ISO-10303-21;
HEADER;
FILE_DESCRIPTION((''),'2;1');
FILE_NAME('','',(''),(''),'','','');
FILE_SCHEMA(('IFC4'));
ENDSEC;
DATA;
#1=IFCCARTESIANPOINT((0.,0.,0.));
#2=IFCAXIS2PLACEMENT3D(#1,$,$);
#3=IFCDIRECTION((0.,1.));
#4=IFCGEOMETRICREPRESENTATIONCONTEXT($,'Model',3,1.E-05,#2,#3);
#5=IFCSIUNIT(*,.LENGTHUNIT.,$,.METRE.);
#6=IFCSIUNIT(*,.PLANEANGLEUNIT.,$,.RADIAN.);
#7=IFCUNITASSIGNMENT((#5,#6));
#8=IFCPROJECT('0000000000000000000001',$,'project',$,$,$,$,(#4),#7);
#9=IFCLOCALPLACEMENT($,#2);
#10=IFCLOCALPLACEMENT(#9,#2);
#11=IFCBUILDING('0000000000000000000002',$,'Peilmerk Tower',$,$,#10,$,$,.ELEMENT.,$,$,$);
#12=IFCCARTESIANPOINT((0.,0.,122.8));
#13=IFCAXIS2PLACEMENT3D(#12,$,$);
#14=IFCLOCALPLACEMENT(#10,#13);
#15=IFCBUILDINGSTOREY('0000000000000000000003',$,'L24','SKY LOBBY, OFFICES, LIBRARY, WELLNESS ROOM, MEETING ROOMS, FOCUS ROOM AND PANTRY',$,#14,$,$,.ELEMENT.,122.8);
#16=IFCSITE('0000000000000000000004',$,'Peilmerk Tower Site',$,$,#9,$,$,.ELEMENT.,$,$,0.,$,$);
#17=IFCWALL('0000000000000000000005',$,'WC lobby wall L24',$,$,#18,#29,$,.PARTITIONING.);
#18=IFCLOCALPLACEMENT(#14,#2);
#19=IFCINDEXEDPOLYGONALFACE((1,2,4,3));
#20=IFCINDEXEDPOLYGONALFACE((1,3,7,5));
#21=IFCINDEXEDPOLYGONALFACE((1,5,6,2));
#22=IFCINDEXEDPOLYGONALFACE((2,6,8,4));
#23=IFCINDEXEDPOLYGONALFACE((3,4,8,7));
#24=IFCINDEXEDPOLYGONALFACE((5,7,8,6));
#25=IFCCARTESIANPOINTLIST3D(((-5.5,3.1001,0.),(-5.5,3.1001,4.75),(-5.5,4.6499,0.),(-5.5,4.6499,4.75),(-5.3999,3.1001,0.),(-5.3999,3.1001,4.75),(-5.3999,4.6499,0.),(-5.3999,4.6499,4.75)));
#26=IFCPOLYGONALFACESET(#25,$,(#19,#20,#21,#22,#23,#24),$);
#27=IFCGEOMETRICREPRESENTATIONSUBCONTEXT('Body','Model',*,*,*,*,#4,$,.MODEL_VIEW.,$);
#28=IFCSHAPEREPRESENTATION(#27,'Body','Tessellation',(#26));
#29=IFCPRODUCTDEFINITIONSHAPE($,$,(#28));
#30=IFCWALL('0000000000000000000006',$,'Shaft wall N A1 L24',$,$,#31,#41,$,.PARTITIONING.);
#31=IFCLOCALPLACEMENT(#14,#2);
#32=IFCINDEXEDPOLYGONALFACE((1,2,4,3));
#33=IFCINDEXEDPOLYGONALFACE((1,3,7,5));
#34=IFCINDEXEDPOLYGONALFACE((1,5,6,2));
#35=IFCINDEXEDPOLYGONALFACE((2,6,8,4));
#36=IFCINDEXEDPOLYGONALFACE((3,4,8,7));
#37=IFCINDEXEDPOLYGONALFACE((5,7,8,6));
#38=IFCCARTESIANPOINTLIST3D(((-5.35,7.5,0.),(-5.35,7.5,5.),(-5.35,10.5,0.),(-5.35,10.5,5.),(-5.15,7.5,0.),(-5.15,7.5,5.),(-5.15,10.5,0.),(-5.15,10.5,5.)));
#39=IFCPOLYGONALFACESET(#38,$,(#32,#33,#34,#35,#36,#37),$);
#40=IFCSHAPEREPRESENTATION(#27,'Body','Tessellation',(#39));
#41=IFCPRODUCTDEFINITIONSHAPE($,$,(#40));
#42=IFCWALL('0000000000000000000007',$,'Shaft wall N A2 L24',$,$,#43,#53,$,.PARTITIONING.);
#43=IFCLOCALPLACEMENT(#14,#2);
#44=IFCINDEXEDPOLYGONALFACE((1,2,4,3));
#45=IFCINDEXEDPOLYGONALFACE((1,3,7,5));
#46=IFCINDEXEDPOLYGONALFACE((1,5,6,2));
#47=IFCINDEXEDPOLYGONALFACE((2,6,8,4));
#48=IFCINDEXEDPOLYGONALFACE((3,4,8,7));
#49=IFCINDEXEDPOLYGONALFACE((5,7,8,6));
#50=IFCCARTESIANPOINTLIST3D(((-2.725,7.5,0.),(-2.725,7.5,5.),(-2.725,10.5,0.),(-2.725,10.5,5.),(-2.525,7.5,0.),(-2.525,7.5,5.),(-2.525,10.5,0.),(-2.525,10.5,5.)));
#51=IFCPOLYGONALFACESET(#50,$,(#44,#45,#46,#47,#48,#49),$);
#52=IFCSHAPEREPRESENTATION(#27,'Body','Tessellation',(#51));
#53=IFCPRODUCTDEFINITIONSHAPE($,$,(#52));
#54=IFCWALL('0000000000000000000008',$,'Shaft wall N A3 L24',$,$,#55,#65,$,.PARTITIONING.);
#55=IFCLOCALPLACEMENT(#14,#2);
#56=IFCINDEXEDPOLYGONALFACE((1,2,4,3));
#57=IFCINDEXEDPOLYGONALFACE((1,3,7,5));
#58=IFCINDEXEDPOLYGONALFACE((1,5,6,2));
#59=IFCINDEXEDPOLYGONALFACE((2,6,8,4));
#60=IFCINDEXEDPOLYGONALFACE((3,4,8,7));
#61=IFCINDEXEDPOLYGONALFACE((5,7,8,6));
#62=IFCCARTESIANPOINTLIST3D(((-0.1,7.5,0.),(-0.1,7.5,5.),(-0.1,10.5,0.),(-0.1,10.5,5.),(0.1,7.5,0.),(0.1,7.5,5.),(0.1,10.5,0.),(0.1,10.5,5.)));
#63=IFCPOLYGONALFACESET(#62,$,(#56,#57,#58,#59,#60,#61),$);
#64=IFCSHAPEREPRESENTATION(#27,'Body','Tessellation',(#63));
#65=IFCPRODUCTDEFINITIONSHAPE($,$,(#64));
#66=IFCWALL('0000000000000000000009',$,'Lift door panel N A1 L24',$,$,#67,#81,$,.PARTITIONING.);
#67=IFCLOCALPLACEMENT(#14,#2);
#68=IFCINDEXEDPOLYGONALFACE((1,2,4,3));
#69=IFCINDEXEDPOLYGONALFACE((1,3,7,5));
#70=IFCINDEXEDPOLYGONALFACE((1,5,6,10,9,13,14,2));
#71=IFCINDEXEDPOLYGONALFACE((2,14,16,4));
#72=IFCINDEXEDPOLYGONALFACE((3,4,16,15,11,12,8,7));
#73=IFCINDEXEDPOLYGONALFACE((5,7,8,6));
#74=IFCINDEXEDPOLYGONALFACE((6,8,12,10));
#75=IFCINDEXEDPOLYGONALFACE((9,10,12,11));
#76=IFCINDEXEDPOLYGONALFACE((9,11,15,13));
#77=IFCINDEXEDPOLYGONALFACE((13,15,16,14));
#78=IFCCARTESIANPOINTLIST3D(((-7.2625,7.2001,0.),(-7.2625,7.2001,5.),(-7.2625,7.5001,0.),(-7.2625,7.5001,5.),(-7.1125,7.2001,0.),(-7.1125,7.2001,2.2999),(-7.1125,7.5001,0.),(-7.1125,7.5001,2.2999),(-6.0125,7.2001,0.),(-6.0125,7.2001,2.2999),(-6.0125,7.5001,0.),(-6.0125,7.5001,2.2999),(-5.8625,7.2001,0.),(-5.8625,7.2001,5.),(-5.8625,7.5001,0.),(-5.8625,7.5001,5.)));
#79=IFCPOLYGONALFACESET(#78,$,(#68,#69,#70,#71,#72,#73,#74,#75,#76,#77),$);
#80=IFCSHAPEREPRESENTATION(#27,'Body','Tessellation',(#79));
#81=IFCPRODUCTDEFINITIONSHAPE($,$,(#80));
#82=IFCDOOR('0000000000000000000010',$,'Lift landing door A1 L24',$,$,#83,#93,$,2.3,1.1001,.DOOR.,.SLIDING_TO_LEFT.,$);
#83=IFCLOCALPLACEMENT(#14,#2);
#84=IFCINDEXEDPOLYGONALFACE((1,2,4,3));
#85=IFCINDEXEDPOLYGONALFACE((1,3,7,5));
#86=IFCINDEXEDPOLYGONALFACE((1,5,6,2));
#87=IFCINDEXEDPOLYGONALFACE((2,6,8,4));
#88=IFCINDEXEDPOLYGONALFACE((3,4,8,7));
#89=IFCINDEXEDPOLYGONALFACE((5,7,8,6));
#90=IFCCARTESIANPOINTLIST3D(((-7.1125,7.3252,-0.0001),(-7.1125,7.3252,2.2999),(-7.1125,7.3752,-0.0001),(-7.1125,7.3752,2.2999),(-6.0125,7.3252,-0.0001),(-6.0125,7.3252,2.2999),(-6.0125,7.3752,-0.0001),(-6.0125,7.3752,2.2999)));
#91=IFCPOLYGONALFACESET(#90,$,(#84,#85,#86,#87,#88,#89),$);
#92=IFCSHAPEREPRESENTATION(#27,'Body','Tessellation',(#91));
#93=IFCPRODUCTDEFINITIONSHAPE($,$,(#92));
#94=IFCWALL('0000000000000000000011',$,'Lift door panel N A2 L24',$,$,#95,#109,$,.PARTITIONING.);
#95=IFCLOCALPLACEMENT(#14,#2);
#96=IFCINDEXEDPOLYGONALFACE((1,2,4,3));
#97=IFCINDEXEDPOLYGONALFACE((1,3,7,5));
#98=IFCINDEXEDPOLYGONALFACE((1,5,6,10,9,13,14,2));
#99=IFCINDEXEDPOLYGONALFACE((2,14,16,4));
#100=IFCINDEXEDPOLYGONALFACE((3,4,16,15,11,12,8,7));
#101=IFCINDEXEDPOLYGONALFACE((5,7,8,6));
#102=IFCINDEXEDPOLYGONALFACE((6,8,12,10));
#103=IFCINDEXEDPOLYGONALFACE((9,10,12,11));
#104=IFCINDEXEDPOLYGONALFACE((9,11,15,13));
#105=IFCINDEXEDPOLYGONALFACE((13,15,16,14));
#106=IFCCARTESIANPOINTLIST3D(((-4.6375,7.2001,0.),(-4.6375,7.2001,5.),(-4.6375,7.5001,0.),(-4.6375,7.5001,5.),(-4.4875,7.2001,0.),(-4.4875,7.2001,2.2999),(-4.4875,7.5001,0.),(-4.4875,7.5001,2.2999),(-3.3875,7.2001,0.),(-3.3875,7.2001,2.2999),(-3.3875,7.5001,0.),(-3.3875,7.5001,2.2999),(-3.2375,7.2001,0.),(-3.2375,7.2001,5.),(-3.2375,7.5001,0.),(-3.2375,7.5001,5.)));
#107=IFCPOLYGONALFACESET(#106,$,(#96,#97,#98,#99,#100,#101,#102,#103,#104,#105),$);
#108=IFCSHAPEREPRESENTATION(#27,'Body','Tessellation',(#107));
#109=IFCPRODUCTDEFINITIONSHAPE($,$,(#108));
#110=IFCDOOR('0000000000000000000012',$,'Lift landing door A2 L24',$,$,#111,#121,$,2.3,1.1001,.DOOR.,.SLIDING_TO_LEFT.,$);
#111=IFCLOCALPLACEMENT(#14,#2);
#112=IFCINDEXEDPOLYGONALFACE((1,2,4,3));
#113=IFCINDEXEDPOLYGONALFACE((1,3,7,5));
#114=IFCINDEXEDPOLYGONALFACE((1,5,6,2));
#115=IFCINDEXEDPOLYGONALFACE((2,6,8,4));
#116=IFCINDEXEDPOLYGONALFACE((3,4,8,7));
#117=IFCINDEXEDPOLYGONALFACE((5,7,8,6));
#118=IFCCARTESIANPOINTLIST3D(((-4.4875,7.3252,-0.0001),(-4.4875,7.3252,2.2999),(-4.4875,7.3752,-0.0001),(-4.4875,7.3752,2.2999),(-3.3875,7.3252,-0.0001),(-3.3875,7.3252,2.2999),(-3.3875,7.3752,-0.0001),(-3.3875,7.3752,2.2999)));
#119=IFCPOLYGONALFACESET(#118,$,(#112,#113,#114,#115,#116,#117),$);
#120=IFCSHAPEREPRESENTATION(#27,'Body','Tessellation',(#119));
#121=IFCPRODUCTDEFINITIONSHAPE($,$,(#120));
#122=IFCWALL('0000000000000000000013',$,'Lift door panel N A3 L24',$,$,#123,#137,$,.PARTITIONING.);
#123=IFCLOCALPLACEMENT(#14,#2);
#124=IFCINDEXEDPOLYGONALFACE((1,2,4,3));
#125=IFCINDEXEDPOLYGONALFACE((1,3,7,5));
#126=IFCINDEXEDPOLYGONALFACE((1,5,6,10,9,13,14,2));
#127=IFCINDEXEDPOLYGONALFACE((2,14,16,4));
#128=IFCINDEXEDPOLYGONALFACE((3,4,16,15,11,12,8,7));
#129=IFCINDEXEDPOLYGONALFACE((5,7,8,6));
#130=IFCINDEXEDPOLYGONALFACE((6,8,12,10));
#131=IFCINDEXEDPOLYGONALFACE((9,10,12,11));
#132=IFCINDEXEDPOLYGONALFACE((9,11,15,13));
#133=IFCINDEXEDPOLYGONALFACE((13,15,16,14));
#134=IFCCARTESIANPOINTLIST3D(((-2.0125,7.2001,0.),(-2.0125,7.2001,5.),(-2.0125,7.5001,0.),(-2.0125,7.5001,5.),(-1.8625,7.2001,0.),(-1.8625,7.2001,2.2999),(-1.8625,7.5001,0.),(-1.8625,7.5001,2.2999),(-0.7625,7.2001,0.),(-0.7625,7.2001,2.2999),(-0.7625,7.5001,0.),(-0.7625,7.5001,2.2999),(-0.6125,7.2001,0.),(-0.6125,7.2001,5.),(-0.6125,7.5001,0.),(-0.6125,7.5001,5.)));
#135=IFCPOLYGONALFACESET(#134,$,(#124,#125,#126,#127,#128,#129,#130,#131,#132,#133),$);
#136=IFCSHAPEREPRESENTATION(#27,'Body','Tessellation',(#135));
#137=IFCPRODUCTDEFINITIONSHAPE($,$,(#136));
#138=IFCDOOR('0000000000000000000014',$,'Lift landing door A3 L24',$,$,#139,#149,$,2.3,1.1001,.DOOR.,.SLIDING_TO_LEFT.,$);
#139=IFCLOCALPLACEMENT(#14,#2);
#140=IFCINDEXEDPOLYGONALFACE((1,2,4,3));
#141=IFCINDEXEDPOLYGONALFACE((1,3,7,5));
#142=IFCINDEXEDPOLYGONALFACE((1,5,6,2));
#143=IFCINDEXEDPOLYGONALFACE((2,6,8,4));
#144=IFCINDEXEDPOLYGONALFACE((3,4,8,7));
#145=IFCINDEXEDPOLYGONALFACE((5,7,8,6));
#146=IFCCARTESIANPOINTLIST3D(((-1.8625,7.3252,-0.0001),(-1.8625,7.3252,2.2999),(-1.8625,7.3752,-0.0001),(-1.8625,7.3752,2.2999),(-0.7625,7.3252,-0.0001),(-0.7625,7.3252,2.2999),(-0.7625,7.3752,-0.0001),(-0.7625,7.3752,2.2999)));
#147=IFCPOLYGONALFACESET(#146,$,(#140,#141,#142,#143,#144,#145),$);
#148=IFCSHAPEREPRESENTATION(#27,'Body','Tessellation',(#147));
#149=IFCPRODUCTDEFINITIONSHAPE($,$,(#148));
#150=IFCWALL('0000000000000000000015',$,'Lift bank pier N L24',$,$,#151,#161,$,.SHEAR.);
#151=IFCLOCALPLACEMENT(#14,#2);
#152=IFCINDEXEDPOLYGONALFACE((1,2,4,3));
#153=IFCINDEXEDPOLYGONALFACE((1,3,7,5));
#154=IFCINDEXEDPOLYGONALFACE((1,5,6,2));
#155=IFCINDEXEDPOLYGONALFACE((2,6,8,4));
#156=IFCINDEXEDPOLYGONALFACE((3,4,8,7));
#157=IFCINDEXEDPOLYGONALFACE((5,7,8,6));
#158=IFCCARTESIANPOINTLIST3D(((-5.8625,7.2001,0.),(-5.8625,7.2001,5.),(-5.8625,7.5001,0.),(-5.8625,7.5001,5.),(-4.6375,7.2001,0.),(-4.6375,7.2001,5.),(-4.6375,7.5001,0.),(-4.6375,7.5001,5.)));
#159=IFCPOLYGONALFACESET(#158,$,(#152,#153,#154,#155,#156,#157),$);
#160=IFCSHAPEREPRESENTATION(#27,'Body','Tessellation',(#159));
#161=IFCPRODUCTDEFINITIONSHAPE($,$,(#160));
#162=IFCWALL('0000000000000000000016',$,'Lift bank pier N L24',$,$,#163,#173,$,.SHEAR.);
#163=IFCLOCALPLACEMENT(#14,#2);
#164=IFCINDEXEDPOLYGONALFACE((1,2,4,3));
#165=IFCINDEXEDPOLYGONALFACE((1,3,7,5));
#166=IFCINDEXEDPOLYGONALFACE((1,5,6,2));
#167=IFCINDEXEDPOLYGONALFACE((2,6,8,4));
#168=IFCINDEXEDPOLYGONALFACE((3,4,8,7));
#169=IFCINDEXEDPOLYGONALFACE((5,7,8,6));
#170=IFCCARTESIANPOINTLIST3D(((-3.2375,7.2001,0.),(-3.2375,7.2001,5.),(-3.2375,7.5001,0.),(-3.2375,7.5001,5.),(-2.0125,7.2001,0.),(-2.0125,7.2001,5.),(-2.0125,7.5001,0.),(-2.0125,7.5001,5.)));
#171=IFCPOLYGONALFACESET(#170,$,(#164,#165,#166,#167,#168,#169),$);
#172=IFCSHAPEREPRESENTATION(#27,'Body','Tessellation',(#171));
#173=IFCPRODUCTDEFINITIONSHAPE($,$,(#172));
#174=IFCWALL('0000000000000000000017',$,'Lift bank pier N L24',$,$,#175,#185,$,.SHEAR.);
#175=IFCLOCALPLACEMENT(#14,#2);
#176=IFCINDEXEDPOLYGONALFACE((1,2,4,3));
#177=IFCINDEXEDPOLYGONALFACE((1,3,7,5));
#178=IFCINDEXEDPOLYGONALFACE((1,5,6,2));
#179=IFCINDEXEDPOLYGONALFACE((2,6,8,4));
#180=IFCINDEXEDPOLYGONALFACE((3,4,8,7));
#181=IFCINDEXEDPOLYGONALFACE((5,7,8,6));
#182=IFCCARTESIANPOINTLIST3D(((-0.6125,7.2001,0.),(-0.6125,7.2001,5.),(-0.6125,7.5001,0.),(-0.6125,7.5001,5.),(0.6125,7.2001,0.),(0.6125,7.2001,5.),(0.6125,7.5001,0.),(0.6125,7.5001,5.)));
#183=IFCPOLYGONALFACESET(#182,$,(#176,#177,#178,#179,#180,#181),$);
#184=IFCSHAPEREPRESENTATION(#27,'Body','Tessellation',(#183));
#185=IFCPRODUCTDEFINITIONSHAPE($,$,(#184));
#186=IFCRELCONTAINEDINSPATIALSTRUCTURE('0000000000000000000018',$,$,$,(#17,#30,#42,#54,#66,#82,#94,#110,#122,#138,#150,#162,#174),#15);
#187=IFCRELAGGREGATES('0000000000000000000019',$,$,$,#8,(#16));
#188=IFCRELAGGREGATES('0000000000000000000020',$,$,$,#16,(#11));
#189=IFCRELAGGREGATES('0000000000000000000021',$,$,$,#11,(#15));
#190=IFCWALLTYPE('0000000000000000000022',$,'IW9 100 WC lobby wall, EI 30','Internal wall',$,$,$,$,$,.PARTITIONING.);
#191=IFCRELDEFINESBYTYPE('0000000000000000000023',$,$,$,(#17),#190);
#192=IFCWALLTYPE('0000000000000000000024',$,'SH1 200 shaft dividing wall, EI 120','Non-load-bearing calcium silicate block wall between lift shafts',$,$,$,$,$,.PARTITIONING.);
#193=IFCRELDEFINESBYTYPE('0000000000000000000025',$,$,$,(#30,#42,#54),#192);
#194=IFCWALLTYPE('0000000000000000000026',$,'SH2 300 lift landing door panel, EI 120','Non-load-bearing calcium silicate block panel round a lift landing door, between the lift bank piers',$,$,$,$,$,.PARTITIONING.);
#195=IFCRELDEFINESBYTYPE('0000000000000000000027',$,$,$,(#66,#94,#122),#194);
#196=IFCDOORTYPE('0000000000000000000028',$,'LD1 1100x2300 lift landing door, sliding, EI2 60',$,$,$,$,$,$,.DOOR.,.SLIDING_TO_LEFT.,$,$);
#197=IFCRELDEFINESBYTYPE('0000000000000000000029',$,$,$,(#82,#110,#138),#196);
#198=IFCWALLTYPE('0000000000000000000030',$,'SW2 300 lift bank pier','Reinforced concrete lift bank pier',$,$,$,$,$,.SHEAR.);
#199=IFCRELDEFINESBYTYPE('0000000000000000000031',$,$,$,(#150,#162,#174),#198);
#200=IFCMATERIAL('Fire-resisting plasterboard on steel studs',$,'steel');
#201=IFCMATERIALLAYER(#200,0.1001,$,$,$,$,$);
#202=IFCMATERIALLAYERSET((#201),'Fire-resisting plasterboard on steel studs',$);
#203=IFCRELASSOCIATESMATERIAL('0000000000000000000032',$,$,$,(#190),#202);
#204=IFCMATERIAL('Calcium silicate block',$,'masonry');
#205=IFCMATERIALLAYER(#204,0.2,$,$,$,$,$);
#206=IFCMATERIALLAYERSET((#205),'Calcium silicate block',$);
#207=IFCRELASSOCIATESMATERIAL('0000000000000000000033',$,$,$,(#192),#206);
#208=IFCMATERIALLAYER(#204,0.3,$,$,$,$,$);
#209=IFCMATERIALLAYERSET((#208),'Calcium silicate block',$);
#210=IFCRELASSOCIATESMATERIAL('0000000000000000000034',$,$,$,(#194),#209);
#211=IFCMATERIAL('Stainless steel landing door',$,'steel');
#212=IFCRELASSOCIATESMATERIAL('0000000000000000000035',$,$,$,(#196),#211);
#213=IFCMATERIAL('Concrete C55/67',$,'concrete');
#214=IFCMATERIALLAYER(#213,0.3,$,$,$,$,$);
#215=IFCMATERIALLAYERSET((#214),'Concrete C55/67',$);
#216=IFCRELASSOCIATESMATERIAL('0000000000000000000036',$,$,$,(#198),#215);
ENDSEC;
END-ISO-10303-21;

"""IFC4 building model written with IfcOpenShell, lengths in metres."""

from ifc_helpers import new_model, si_unit, direction, frame, frame_2d, origin, place, context, subcontext, project, spatial, rectangle, extrude, material, layer, layer_set, type_object, element, fill, save


model = new_model("IFC4")

# Units and contexts
model_context = context("Model", 3, precision=1e-05, world=origin(), true_north=direction((0.0, 1.0)))
body_context = subcontext(model_context, "Body", "Model", "MODEL_VIEW")
ifc_project = project(units=[si_unit("LENGTHUNIT", "METRE"), si_unit("PLANEANGLEUNIT", "RADIAN")], contexts=[model_context])

# Site, building, storey
site_placement = place(None, origin())
site = spatial("IfcSite", under=ifc_project, at=site_placement, Name="Peilmerk Tower Site", CompositionType="ELEMENT", RefElevation=0.0)
building_placement = place(site_placement, origin())
building = spatial("IfcBuilding", under=site, at=building_placement, Name="Peilmerk Tower", CompositionType="ELEMENT")
storey_placement = place(building_placement, frame((0.0, 0.0, 122.8)))
storey = spatial("IfcBuildingStorey", under=building, at=storey_placement, Name="L24", Description="SKY LOBBY, OFFICES, LIBRARY, WELLNESS ROOM, MEETING ROOMS, FOCUS ROOM AND PANTRY", CompositionType="ELEMENT", Elevation=122.8)

# Shared definitions
ifc_material_1 = material(Name="Concrete C55/67", Category="concrete")

# Shared definitions
ifc_material_2 = material(Name="Fire-resisting plasterboard on steel studs", Category="steel")
ifc_layer_1 = layer(ifc_material_2, 0.1001)
ifc_layer_set_1 = layer_set([ifc_layer_1], Name="Fire-resisting plasterboard on steel studs")
wall_type_1 = type_object("IfcWallType", Name="IW9 100 WC lobby wall, EI 30", Description="Internal wall", PredefinedType="PARTITIONING", material=ifc_layer_set_1)

# Walls
wall_1_placement = place(storey_placement, frame((-5.45, 3.1001, 0.0), z_axis=(0.0, 0.0, 1.0), x_axis=(0.0, 1.0, 0.0)))
element("IfcWall", 1, at=wall_1_placement, inside=storey, type_object=wall_type_1, Name="WC lobby wall L24", PredefinedType="PARTITIONING", context=body_context, shape_type="SweptSolid", body=[
    extrude(rectangle(XDim=1.5498, YDim=0.1001, at=frame_2d((0.7749, 0.0))), origin(), (0.0, 0.0, 1.0), 4.75),
])
ifc_material_3 = material(Name="Calcium silicate block", Category="masonry")
ifc_layer_2 = layer(ifc_material_3, 0.2)
ifc_layer_set_2 = layer_set([ifc_layer_2], Name="Calcium silicate block")
wall_type_2 = type_object("IfcWallType", Name="SH1 200 shaft dividing wall, EI 120", Description="Non-load-bearing calcium silicate block wall between lift shafts", PredefinedType="PARTITIONING", material=ifc_layer_set_2)
for number, where, z_axis, x_axis, name in (
    (2, (-5.25, 7.5, 0.0), (0.0, 0.0, 1.0), (0.0, 1.0, 0.0), "Shaft wall N A1 L24"),
    (3, (-2.625, 7.5, 0.0), (0.0, 0.0, 1.0), (0.0, 1.0, 0.0), "Shaft wall N A2 L24"),
    (4, (0.0, 7.5, 0.0), (0.0, 0.0, 1.0), (0.0, 1.0, 0.0), "Shaft wall N A3 L24"),
):
    element("IfcWall", number, at=place(storey_placement, frame(where, z_axis=z_axis, x_axis=x_axis)), inside=storey, type_object=wall_type_2, Name=name, PredefinedType="PARTITIONING", context=body_context, shape_type="SweptSolid", body=[
        extrude(rectangle(XDim=3.0, YDim=0.2, at=frame_2d((1.5, 0.0))), origin(), (0.0, 0.0, 1.0), 5.0),
    ])

# Walls, openings, doors
ifc_layer_3 = layer(ifc_material_3, 0.3)
ifc_layer_set_3 = layer_set([ifc_layer_3], Name="Calcium silicate block")
wall_type_3 = type_object("IfcWallType", Name="SH2 300 lift landing door panel, EI 120", Description="Non-load-bearing calcium silicate block panel round a lift landing door, between the lift bank piers", PredefinedType="PARTITIONING", material=ifc_layer_set_3)
wall_2_placement = place(storey_placement, frame((-7.2625, 7.3501, 0.0), z_axis=(0.0, 0.0, 1.0), x_axis=(1.0, 0.0, 0.0)))
wall_2 = element("IfcWall", 5, at=wall_2_placement, inside=storey, type_object=wall_type_3, Name="Lift door panel N A1 L24", PredefinedType="PARTITIONING", context=body_context, shape_type="SweptSolid", body=[
    extrude(rectangle(XDim=1.3999, YDim=0.3, at=frame_2d((0.7, 0.0))), origin(), (0.0, 0.0, 1.0), 5.0),
])
opening_1_placement = place(wall_2_placement, frame((0.1499, 0.0, 0.0)))
opening_1 = element("IfcOpeningElement", 6, at=opening_1_placement, cuts=wall_2, PredefinedType="OPENING", context=body_context, shape_type="SweptSolid", body=[
    extrude(rectangle(XDim=1.1001, YDim=2.3, at=frame_2d((0.55, 1.1499))), frame((0.0, 0.1599, 0.0), z_axis=(0.0, -1.0, 0.0), x_axis=(1.0, 0.0, 0.0)), (0.0, 0.0, 1.0), 0.3201),
])
ifc_material_4 = material(Name="Stainless steel landing door", Category="steel")
door_type_1 = type_object("IfcDoorType", Name="LD1 1100x2300 lift landing door, sliding, EI2 60", OperationType="SLIDING_TO_LEFT", PredefinedType="DOOR", material=ifc_material_4)
door_1_placement = place(opening_1_placement, frame((1.1001, 0.0, 0.0), z_axis=(0.0, 0.0, 1.0), x_axis=(-1.0, 0.0, 0.0)))
door_1 = element("IfcDoor", 7, at=door_1_placement, inside=storey, type_object=door_type_1, Name="Lift landing door A1 L24", OperationType="SLIDING_TO_LEFT", OverallHeight=2.3, OverallWidth=1.1001, PredefinedType="DOOR", context=body_context, shape_type="SweptSolid", body=[
    extrude(rectangle(XDim=1.1001, YDim=2.3, at=frame_2d((0.55, 1.1499))), frame((0.0, 0.0249, 0.0), z_axis=(0.0, -1.0, 0.0), x_axis=(1.0, 0.0, 0.0)), (0.0, 0.0, 1.0), 0.05),
])
fill(opening_1, door_1)
wall_3_placement = place(storey_placement, frame((-4.6375, 7.3501, 0.0), z_axis=(0.0, 0.0, 1.0), x_axis=(1.0, 0.0, 0.0)))
wall_3 = element("IfcWall", 8, at=wall_3_placement, inside=storey, type_object=wall_type_3, Name="Lift door panel N A2 L24", PredefinedType="PARTITIONING", context=body_context, shape_type="SweptSolid", body=[
    extrude(rectangle(XDim=1.3999, YDim=0.3, at=frame_2d((0.7, 0.0))), origin(), (0.0, 0.0, 1.0), 5.0),
])
opening_2_placement = place(wall_3_placement, frame((0.1499, 0.0, 0.0)))
opening_2 = element("IfcOpeningElement", 9, at=opening_2_placement, cuts=wall_3, PredefinedType="OPENING", context=body_context, shape_type="SweptSolid", body=[
    extrude(rectangle(XDim=1.1001, YDim=2.3, at=frame_2d((0.55, 1.1499))), frame((0.0, 0.1599, 0.0), z_axis=(0.0, -1.0, 0.0), x_axis=(1.0, 0.0, 0.0)), (0.0, 0.0, 1.0), 0.3201),
])
door_2_placement = place(opening_2_placement, frame((1.1001, 0.0, 0.0), z_axis=(0.0, 0.0, 1.0), x_axis=(-1.0, 0.0, 0.0)))
door_2 = element("IfcDoor", 10, at=door_2_placement, inside=storey, type_object=door_type_1, Name="Lift landing door A2 L24", OperationType="SLIDING_TO_LEFT", OverallHeight=2.3, OverallWidth=1.1001, PredefinedType="DOOR", context=body_context, shape_type="SweptSolid", body=[
    extrude(rectangle(XDim=1.1001, YDim=2.3, at=frame_2d((0.55, 1.1499))), frame((0.0, 0.0249, 0.0), z_axis=(0.0, -1.0, 0.0), x_axis=(1.0, 0.0, 0.0)), (0.0, 0.0, 1.0), 0.05),
])
fill(opening_2, door_2)
wall_4_placement = place(storey_placement, frame((-2.0125, 7.3501, 0.0), z_axis=(0.0, 0.0, 1.0), x_axis=(1.0, 0.0, 0.0)))
wall_4 = element("IfcWall", 11, at=wall_4_placement, inside=storey, type_object=wall_type_3, Name="Lift door panel N A3 L24", PredefinedType="PARTITIONING", context=body_context, shape_type="SweptSolid", body=[
    extrude(rectangle(XDim=1.3999, YDim=0.3, at=frame_2d((0.7, 0.0))), origin(), (0.0, 0.0, 1.0), 5.0),
])
opening_3_placement = place(wall_4_placement, frame((0.1499, 0.0, 0.0)))
opening_3 = element("IfcOpeningElement", 12, at=opening_3_placement, cuts=wall_4, PredefinedType="OPENING", context=body_context, shape_type="SweptSolid", body=[
    extrude(rectangle(XDim=1.1001, YDim=2.3, at=frame_2d((0.55, 1.1499))), frame((0.0, 0.1599, 0.0), z_axis=(0.0, -1.0, 0.0), x_axis=(1.0, 0.0, 0.0)), (0.0, 0.0, 1.0), 0.3201),
])
door_3_placement = place(opening_3_placement, frame((1.1001, 0.0, 0.0), z_axis=(0.0, 0.0, 1.0), x_axis=(-1.0, 0.0, 0.0)))
door_3 = element("IfcDoor", 13, at=door_3_placement, inside=storey, type_object=door_type_1, Name="Lift landing door A3 L24", OperationType="SLIDING_TO_LEFT", OverallHeight=2.3, OverallWidth=1.1001, PredefinedType="DOOR", context=body_context, shape_type="SweptSolid", body=[
    extrude(rectangle(XDim=1.1001, YDim=2.3, at=frame_2d((0.55, 1.1499))), frame((0.0, 0.0249, 0.0), z_axis=(0.0, -1.0, 0.0), x_axis=(1.0, 0.0, 0.0)), (0.0, 0.0, 1.0), 0.05),
])
fill(opening_3, door_3)

# Walls
ifc_layer_4 = layer(ifc_material_1, 0.3)
ifc_layer_set_4 = layer_set([ifc_layer_4], Name="Concrete C55/67")
wall_type_4 = type_object("IfcWallType", Name="SW2 300 lift bank pier", Description="Reinforced concrete lift bank pier", PredefinedType="SHEAR", material=ifc_layer_set_4)
for number, where, z_axis, x_axis, name in (
    (14, (-5.8625, 7.3501, 0.0), (0.0, 0.0, 1.0), (1.0, 0.0, 0.0), "Lift bank pier N L24"),
    (15, (-3.2375, 7.3501, 0.0), (0.0, 0.0, 1.0), (1.0, 0.0, 0.0), "Lift bank pier N L24"),
    (16, (-0.6125, 7.3501, 0.0), (0.0, 0.0, 1.0), (1.0, 0.0, 0.0), "Lift bank pier N L24"),
):
    element("IfcWall", number, at=place(storey_placement, frame(where, z_axis=z_axis, x_axis=x_axis)), inside=storey, type_object=wall_type_4, Name=name, PredefinedType="SHEAR", context=body_context, shape_type="SweptSolid", body=[
        extrude(rectangle(XDim=1.2251, YDim=0.3, at=frame_2d((0.6125, 0.0))), origin(), (0.0, 0.0, 1.0), 5.0),
    ])

save(model, "model.ifc")
